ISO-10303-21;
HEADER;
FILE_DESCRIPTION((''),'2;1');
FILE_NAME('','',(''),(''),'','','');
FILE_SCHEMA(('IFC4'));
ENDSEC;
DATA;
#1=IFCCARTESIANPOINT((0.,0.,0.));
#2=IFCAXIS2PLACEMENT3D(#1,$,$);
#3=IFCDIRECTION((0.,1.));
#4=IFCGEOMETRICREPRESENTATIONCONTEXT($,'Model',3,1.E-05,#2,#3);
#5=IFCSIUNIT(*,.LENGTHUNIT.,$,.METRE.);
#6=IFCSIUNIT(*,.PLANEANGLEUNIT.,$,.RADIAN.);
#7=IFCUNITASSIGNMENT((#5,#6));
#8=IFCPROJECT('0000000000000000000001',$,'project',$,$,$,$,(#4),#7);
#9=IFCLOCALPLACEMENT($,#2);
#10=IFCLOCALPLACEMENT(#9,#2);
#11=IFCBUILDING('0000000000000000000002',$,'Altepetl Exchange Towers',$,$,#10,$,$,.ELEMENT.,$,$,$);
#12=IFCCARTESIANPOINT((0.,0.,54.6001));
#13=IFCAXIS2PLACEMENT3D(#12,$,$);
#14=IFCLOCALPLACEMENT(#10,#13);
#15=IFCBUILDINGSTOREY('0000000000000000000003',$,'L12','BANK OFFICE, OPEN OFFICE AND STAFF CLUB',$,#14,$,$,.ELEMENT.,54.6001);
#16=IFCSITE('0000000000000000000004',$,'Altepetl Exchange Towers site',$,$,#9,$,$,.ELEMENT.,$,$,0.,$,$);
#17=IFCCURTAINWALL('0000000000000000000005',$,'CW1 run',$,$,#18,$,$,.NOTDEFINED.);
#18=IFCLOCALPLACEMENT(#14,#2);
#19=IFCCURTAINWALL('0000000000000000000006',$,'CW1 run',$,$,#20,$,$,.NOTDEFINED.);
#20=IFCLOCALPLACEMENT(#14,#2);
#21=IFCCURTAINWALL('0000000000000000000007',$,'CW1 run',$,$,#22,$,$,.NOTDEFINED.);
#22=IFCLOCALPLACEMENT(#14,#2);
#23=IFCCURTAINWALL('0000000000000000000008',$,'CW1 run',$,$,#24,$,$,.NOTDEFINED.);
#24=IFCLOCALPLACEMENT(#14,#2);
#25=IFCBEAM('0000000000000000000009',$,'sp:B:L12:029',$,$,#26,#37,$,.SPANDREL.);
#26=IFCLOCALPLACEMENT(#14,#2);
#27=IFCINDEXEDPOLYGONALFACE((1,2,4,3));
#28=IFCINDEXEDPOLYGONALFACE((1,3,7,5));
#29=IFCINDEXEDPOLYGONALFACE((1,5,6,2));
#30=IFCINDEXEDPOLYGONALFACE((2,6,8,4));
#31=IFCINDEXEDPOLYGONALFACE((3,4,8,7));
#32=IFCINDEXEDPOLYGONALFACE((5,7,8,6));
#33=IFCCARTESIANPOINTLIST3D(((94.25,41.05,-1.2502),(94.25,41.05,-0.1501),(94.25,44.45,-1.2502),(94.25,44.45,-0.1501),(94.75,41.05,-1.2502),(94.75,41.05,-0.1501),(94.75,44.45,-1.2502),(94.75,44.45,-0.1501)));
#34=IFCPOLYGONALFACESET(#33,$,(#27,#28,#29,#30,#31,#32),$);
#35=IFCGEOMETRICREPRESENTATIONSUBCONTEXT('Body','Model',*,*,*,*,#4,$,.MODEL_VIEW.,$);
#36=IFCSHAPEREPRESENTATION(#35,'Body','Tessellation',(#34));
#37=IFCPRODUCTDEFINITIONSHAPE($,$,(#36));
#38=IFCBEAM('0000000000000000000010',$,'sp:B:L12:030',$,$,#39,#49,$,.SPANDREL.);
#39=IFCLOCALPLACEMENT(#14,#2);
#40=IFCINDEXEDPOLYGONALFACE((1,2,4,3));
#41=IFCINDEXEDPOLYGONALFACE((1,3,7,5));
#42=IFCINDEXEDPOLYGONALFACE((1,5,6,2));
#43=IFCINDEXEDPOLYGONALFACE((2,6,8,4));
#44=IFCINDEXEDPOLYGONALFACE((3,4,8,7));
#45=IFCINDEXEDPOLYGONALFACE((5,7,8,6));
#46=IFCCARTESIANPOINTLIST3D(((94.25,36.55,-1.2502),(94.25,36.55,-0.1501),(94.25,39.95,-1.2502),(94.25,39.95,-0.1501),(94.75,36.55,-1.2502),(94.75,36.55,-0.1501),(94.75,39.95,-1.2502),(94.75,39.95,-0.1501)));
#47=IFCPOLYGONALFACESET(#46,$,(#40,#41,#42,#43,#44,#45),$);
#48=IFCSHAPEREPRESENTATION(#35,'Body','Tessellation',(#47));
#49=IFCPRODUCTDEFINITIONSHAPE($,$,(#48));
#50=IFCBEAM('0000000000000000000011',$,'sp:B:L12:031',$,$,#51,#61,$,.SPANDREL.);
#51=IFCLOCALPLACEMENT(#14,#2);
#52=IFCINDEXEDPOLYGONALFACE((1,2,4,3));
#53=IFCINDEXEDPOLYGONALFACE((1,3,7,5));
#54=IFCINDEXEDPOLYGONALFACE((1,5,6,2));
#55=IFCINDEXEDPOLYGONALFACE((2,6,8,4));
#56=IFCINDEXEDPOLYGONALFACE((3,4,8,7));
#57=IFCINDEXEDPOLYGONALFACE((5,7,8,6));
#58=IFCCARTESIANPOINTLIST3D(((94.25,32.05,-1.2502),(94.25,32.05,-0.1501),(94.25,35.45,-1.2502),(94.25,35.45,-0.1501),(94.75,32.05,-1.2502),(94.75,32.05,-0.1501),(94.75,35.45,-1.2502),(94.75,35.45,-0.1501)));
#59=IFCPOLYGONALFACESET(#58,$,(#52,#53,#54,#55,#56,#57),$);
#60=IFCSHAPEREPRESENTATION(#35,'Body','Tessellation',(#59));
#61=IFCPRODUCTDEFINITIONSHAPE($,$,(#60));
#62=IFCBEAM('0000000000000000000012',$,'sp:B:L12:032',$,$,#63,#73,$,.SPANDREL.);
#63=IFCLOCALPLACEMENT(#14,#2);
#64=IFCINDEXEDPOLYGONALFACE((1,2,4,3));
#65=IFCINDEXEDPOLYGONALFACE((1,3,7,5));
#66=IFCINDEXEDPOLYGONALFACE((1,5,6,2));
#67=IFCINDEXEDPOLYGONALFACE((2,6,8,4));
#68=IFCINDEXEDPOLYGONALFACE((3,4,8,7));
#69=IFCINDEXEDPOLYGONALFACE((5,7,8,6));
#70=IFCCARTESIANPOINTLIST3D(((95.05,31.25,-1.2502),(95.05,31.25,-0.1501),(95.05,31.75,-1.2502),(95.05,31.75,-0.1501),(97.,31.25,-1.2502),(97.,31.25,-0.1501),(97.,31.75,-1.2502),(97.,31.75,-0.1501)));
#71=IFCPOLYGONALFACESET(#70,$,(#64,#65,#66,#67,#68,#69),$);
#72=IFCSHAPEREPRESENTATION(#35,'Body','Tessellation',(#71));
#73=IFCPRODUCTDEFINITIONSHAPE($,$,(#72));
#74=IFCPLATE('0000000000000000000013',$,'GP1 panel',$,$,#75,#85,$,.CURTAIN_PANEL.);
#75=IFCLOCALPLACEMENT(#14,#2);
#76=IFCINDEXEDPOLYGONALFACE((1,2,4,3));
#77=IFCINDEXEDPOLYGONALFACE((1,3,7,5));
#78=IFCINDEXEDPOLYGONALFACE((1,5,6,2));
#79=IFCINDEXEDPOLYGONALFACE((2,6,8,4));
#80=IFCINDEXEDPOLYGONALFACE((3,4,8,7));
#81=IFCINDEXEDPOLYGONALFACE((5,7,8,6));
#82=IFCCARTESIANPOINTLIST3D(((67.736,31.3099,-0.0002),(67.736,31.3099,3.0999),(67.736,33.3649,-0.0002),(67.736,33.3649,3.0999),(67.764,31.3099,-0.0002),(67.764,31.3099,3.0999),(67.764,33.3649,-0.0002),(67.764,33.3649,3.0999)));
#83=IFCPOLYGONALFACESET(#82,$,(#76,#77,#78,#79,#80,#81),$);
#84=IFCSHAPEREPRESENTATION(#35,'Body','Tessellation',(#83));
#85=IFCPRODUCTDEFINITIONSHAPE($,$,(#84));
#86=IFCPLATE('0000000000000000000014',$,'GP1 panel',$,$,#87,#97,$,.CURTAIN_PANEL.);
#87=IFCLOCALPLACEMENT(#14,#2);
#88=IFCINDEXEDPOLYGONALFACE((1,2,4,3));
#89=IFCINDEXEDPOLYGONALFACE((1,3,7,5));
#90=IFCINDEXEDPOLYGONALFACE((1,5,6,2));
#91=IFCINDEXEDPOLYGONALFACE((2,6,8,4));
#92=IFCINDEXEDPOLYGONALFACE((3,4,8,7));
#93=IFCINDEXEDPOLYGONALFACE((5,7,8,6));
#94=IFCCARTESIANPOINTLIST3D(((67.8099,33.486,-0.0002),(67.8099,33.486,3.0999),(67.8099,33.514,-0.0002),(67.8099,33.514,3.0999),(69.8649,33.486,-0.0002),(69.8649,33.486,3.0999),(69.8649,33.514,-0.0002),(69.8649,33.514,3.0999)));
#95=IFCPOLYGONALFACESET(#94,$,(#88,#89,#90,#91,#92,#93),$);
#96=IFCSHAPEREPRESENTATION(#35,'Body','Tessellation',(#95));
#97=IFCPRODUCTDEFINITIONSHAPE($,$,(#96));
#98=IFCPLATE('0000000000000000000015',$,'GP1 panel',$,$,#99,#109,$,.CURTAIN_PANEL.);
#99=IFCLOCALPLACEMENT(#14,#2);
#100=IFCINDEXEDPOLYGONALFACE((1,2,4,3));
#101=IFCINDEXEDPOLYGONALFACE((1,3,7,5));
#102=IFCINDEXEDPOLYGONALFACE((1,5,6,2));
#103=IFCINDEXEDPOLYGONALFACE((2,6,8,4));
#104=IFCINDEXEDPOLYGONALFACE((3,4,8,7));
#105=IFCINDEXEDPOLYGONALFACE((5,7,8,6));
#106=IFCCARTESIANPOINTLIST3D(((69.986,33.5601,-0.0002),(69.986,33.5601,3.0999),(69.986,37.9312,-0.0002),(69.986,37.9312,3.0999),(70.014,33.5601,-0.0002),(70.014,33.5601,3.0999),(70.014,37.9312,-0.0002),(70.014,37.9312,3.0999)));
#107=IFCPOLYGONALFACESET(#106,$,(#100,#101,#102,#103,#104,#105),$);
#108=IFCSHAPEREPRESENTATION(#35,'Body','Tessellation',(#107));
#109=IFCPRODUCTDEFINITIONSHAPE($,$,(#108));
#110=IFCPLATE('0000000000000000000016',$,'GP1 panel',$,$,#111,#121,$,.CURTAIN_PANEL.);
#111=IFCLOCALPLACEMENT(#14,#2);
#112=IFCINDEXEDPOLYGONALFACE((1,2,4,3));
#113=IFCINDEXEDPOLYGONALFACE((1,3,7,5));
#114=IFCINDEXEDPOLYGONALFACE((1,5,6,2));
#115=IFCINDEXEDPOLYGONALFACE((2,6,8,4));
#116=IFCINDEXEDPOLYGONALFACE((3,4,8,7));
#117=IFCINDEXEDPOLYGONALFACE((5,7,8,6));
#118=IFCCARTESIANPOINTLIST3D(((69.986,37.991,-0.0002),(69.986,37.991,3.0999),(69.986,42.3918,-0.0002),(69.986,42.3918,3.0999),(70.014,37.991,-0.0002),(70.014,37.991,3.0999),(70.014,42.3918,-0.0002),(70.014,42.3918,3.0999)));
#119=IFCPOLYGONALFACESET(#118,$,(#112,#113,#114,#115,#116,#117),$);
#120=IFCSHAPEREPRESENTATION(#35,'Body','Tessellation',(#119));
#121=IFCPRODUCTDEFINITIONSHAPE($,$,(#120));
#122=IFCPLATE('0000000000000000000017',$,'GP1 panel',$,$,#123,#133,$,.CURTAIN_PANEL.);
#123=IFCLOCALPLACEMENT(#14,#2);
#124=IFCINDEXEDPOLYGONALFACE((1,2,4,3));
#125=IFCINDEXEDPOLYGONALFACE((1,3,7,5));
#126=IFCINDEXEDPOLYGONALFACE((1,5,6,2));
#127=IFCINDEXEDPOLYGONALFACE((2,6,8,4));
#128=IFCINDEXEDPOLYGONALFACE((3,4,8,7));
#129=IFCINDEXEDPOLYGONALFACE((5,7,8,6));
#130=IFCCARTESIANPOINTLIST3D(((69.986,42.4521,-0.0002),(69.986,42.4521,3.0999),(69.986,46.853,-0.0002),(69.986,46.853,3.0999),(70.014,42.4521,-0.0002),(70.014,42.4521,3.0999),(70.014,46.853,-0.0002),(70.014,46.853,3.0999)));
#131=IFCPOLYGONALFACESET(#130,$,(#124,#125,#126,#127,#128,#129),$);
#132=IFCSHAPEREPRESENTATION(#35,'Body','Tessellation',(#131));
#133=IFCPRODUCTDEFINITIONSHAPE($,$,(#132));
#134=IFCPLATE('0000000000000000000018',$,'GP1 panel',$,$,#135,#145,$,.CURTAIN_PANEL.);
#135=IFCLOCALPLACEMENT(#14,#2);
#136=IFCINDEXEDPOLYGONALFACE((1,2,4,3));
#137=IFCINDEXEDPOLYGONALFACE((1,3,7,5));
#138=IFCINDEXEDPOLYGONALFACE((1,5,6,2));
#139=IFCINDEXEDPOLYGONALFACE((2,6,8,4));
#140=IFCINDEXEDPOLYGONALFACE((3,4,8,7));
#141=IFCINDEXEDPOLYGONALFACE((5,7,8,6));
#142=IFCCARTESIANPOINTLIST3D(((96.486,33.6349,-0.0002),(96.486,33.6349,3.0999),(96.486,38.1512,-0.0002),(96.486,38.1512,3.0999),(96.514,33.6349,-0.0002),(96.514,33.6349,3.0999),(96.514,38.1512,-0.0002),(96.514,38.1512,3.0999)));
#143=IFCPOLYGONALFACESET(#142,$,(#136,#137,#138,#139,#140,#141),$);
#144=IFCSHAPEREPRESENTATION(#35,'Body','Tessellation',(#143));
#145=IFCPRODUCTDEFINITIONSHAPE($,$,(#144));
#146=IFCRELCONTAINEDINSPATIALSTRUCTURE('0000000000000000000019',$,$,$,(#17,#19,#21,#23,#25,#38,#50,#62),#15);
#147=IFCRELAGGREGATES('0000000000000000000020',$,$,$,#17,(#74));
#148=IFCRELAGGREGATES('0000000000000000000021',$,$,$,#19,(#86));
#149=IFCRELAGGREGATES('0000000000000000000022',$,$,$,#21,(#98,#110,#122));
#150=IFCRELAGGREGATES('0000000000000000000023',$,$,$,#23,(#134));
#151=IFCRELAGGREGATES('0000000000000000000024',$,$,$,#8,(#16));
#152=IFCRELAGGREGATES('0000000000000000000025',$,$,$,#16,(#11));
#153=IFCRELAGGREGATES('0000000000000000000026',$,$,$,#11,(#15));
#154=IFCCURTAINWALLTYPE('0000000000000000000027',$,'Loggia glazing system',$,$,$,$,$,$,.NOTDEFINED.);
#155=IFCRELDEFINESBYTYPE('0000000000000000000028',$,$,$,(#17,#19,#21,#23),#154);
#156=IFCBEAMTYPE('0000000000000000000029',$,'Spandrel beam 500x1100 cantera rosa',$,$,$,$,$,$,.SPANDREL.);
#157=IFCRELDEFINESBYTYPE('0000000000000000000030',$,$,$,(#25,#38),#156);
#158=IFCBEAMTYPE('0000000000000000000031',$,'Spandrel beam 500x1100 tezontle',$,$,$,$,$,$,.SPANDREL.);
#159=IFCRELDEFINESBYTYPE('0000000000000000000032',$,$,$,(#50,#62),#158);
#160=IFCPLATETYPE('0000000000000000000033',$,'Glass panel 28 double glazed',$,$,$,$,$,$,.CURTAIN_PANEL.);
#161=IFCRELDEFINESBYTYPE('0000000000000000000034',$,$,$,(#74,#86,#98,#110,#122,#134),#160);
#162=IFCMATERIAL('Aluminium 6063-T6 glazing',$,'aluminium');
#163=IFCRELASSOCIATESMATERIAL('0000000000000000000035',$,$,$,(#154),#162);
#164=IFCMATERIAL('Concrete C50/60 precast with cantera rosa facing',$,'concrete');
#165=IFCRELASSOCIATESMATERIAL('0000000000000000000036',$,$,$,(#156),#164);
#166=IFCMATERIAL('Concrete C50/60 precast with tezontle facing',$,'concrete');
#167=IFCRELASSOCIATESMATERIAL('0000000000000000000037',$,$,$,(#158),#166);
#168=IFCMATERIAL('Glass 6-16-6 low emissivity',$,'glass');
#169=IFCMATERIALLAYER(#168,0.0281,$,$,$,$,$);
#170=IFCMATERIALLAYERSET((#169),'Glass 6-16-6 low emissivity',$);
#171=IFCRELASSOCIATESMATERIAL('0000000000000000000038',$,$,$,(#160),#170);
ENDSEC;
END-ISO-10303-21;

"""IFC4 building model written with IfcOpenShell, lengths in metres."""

from ifc_helpers import new_model, si_unit, direction, frame, origin, origin_2d, place, context, subcontext, project, spatial, rectangle, extrude, material, layer, layer_set, material_profile, profile_set, type_object, element, aggregate, save


model = new_model("IFC4")

# Units and contexts
model_context = context("Model", 3, precision=1e-05, world=origin(), true_north=direction((0.0, 1.0)))
body_context = subcontext(model_context, "Body", "Model", "MODEL_VIEW")
ifc_project = project(units=[si_unit("LENGTHUNIT", "METRE"), si_unit("PLANEANGLEUNIT", "RADIAN")], contexts=[model_context])

# Site, building, storey
site_placement = place(None, origin())
site = spatial("IfcSite", under=ifc_project, at=site_placement, Name="Altepetl Exchange Towers site", CompositionType="ELEMENT", RefElevation=0.0)
building_placement = place(site_placement, origin())
building = spatial("IfcBuilding", under=site, at=building_placement, Name="Altepetl Exchange Towers", CompositionType="ELEMENT")
storey_placement = place(building_placement, frame((0.0, 0.0, 54.6001)))
storey = spatial("IfcBuildingStorey", under=building, at=storey_placement, Name="L12", Description="BANK OFFICE, OPEN OFFICE AND STAFF CLUB", CompositionType="ELEMENT", Elevation=54.6001)

# Shared definitions
ifc_material_1 = material(Name="Aluminium 6063-T6 glazing", Category="aluminium")
curtain_wall_type = type_object("IfcCurtainWallType", Name="Loggia glazing system", PredefinedType="NOTDEFINED", material=ifc_material_1)

# Curtain walls
curtain_wall_1_placement = place(storey_placement, origin())
curtain_wall_1 = element("IfcCurtainWall", 1, at=curtain_wall_1_placement, inside=storey, type_object=curtain_wall_type, Name="CW1 run", PredefinedType="NOTDEFINED")
curtain_wall_2_placement = place(storey_placement, origin())
curtain_wall_2 = element("IfcCurtainWall", 2, at=curtain_wall_2_placement, inside=storey, type_object=curtain_wall_type, Name="CW1 run", PredefinedType="NOTDEFINED")
curtain_wall_3_placement = place(storey_placement, origin())
curtain_wall_3 = element("IfcCurtainWall", 3, at=curtain_wall_3_placement, inside=storey, type_object=curtain_wall_type, Name="CW1 run", PredefinedType="NOTDEFINED")
curtain_wall_4_placement = place(storey_placement, origin())
curtain_wall_4 = element("IfcCurtainWall", 4, at=curtain_wall_4_placement, inside=storey, type_object=curtain_wall_type, Name="CW1 run", PredefinedType="NOTDEFINED")

# Beams
ifc_material_2 = material(Name="Concrete C50/60 precast with cantera rosa facing", Category="concrete")
ifc_material_profile_1 = material_profile(ifc_material_2, rectangle(XDim=0.5, YDim=1.1001, at=origin_2d()), Name="500 x 1100")
ifc_profile_set_1 = profile_set([ifc_material_profile_1], Name="Concrete C50/60 precast with cantera rosa facing")
beam_type_1 = type_object("IfcBeamType", Name="Spandrel beam 500x1100 cantera rosa", PredefinedType="SPANDREL", material=ifc_profile_set_1)
for number, where, z_axis, x_axis, name in (
    (5, (94.5, 44.45, -0.7002), (0.0, -1.0, 0.0), (1.0, 0.0, 0.0), "sp:B:L12:029"),
    (6, (94.5, 39.95, -0.7002), (0.0, -1.0, 0.0), (1.0, 0.0, 0.0), "sp:B:L12:030"),
):
    element("IfcBeam", number, at=place(storey_placement, frame(where, z_axis=z_axis, x_axis=x_axis)), inside=storey, type_object=beam_type_1, Name=name, PredefinedType="SPANDREL", context=body_context, shape_type="SweptSolid", body=[
        extrude(rectangle(XDim=0.5, YDim=1.1001, at=origin_2d()), origin(), (0.0, 0.0, 1.0), 3.3999),
    ])
ifc_material_3 = material(Name="Concrete C50/60 precast with tezontle facing", Category="concrete")
ifc_material_profile_2 = material_profile(ifc_material_3, rectangle(XDim=0.5, YDim=1.1001, at=origin_2d()), Name="500 x 1100")
ifc_profile_set_2 = profile_set([ifc_material_profile_2], Name="Concrete C50/60 precast with tezontle facing")
beam_type_2 = type_object("IfcBeamType", Name="Spandrel beam 500x1100 tezontle", PredefinedType="SPANDREL", material=ifc_profile_set_2)
beam_1_placement = place(storey_placement, frame((94.5, 35.45, -0.7002), z_axis=(0.0, -1.0, 0.0), x_axis=(1.0, 0.0, 0.0)))
element("IfcBeam", 7, at=beam_1_placement, inside=storey, type_object=beam_type_2, Name="sp:B:L12:031", PredefinedType="SPANDREL", context=body_context, shape_type="SweptSolid", body=[
    extrude(rectangle(XDim=0.5, YDim=1.1001, at=origin_2d()), origin(), (0.0, 0.0, 1.0), 3.3999),
])
beam_2_placement = place(storey_placement, frame((95.05, 31.5, -0.7002), z_axis=(1.0, 0.0, 0.0), x_axis=(0.0, 1.0, 0.0)))
element("IfcBeam", 8, at=beam_2_placement, inside=storey, type_object=beam_type_2, Name="sp:B:L12:032", PredefinedType="SPANDREL", context=body_context, shape_type="SweptSolid", body=[
    extrude(rectangle(XDim=0.5, YDim=1.1001, at=origin_2d()), origin(), (0.0, 0.0, 1.0), 1.95),
])

# Plates
ifc_material_4 = material(Name="Glass 6-16-6 low emissivity", Category="glass")
ifc_layer = layer(ifc_material_4, 0.0281)
ifc_layer_set = layer_set([ifc_layer], Name="Glass 6-16-6 low emissivity")
plate_type = type_object("IfcPlateType", Name="Glass panel 28 double glazed", PredefinedType="CURTAIN_PANEL", material=ifc_layer_set)
plate_1_placement = place(storey_placement, frame((67.75, 32.3374, -0.0002), z_axis=(0.0, 0.0, 1.0), x_axis=(0.0, 1.0, 0.0)))
plate_1 = element("IfcPlate", 9, at=plate_1_placement, type_object=plate_type, Name="GP1 panel", PredefinedType="CURTAIN_PANEL", context=body_context, shape_type="SweptSolid", body=[
    extrude(rectangle(XDim=2.0549, YDim=0.0281, at=origin_2d()), origin(), (0.0, 0.0, 1.0), 3.1001),
])
aggregate(curtain_wall_1, [plate_1])
plate_2_placement = place(storey_placement, frame((68.8374, 33.5, -0.0002)))
plate_2 = element("IfcPlate", 10, at=plate_2_placement, type_object=plate_type, Name="GP1 panel", PredefinedType="CURTAIN_PANEL", context=body_context, shape_type="SweptSolid", body=[
    extrude(rectangle(XDim=2.0549, YDim=0.0281, at=origin_2d()), origin(), (0.0, 0.0, 1.0), 3.1001),
])
aggregate(curtain_wall_2, [plate_2])
plate_3_placement = place(storey_placement, frame((70.0, 35.7456, -0.0002), z_axis=(0.0, 0.0, 1.0), x_axis=(0.0, 1.0, 0.0)))
plate_3 = element("IfcPlate", 11, at=plate_3_placement, type_object=plate_type, Name="GP1 panel", PredefinedType="CURTAIN_PANEL", context=body_context, shape_type="SweptSolid", body=[
    extrude(rectangle(XDim=4.3711, YDim=0.0281, at=origin_2d()), origin(), (0.0, 0.0, 1.0), 3.1001),
])
plate_4_placement = place(storey_placement, frame((70.0, 40.1914, -0.0002), z_axis=(0.0, 0.0, 1.0), x_axis=(0.0, 1.0, 0.0)))
plate_4 = element("IfcPlate", 12, at=plate_4_placement, type_object=plate_type, Name="GP1 panel", PredefinedType="CURTAIN_PANEL", context=body_context, shape_type="SweptSolid", body=[
    extrude(rectangle(XDim=4.4009, YDim=0.0281, at=origin_2d()), origin(), (0.0, 0.0, 1.0), 3.1001),
])
plate_5_placement = place(storey_placement, frame((70.0, 44.6526, -0.0002), z_axis=(0.0, 0.0, 1.0), x_axis=(0.0, 1.0, 0.0)))
plate_5 = element("IfcPlate", 13, at=plate_5_placement, type_object=plate_type, Name="GP1 panel", PredefinedType="CURTAIN_PANEL", context=body_context, shape_type="SweptSolid", body=[
    extrude(rectangle(XDim=4.4009, YDim=0.0281, at=origin_2d()), origin(), (0.0, 0.0, 1.0), 3.1001),
])
aggregate(curtain_wall_3, [plate_3, plate_4, plate_5])
plate_6_placement = place(storey_placement, frame((96.5, 35.8931, -0.0002), z_axis=(0.0, 0.0, 1.0), x_axis=(0.0, -1.0, 0.0)))
plate_6 = element("IfcPlate", 14, at=plate_6_placement, type_object=plate_type, Name="GP1 panel", PredefinedType="CURTAIN_PANEL", context=body_context, shape_type="SweptSolid", body=[
    extrude(rectangle(XDim=4.5164, YDim=0.0281, at=origin_2d()), origin(), (0.0, 0.0, 1.0), 3.1001),
])
aggregate(curtain_wall_4, [plate_6])

save(model, "model.ifc")
